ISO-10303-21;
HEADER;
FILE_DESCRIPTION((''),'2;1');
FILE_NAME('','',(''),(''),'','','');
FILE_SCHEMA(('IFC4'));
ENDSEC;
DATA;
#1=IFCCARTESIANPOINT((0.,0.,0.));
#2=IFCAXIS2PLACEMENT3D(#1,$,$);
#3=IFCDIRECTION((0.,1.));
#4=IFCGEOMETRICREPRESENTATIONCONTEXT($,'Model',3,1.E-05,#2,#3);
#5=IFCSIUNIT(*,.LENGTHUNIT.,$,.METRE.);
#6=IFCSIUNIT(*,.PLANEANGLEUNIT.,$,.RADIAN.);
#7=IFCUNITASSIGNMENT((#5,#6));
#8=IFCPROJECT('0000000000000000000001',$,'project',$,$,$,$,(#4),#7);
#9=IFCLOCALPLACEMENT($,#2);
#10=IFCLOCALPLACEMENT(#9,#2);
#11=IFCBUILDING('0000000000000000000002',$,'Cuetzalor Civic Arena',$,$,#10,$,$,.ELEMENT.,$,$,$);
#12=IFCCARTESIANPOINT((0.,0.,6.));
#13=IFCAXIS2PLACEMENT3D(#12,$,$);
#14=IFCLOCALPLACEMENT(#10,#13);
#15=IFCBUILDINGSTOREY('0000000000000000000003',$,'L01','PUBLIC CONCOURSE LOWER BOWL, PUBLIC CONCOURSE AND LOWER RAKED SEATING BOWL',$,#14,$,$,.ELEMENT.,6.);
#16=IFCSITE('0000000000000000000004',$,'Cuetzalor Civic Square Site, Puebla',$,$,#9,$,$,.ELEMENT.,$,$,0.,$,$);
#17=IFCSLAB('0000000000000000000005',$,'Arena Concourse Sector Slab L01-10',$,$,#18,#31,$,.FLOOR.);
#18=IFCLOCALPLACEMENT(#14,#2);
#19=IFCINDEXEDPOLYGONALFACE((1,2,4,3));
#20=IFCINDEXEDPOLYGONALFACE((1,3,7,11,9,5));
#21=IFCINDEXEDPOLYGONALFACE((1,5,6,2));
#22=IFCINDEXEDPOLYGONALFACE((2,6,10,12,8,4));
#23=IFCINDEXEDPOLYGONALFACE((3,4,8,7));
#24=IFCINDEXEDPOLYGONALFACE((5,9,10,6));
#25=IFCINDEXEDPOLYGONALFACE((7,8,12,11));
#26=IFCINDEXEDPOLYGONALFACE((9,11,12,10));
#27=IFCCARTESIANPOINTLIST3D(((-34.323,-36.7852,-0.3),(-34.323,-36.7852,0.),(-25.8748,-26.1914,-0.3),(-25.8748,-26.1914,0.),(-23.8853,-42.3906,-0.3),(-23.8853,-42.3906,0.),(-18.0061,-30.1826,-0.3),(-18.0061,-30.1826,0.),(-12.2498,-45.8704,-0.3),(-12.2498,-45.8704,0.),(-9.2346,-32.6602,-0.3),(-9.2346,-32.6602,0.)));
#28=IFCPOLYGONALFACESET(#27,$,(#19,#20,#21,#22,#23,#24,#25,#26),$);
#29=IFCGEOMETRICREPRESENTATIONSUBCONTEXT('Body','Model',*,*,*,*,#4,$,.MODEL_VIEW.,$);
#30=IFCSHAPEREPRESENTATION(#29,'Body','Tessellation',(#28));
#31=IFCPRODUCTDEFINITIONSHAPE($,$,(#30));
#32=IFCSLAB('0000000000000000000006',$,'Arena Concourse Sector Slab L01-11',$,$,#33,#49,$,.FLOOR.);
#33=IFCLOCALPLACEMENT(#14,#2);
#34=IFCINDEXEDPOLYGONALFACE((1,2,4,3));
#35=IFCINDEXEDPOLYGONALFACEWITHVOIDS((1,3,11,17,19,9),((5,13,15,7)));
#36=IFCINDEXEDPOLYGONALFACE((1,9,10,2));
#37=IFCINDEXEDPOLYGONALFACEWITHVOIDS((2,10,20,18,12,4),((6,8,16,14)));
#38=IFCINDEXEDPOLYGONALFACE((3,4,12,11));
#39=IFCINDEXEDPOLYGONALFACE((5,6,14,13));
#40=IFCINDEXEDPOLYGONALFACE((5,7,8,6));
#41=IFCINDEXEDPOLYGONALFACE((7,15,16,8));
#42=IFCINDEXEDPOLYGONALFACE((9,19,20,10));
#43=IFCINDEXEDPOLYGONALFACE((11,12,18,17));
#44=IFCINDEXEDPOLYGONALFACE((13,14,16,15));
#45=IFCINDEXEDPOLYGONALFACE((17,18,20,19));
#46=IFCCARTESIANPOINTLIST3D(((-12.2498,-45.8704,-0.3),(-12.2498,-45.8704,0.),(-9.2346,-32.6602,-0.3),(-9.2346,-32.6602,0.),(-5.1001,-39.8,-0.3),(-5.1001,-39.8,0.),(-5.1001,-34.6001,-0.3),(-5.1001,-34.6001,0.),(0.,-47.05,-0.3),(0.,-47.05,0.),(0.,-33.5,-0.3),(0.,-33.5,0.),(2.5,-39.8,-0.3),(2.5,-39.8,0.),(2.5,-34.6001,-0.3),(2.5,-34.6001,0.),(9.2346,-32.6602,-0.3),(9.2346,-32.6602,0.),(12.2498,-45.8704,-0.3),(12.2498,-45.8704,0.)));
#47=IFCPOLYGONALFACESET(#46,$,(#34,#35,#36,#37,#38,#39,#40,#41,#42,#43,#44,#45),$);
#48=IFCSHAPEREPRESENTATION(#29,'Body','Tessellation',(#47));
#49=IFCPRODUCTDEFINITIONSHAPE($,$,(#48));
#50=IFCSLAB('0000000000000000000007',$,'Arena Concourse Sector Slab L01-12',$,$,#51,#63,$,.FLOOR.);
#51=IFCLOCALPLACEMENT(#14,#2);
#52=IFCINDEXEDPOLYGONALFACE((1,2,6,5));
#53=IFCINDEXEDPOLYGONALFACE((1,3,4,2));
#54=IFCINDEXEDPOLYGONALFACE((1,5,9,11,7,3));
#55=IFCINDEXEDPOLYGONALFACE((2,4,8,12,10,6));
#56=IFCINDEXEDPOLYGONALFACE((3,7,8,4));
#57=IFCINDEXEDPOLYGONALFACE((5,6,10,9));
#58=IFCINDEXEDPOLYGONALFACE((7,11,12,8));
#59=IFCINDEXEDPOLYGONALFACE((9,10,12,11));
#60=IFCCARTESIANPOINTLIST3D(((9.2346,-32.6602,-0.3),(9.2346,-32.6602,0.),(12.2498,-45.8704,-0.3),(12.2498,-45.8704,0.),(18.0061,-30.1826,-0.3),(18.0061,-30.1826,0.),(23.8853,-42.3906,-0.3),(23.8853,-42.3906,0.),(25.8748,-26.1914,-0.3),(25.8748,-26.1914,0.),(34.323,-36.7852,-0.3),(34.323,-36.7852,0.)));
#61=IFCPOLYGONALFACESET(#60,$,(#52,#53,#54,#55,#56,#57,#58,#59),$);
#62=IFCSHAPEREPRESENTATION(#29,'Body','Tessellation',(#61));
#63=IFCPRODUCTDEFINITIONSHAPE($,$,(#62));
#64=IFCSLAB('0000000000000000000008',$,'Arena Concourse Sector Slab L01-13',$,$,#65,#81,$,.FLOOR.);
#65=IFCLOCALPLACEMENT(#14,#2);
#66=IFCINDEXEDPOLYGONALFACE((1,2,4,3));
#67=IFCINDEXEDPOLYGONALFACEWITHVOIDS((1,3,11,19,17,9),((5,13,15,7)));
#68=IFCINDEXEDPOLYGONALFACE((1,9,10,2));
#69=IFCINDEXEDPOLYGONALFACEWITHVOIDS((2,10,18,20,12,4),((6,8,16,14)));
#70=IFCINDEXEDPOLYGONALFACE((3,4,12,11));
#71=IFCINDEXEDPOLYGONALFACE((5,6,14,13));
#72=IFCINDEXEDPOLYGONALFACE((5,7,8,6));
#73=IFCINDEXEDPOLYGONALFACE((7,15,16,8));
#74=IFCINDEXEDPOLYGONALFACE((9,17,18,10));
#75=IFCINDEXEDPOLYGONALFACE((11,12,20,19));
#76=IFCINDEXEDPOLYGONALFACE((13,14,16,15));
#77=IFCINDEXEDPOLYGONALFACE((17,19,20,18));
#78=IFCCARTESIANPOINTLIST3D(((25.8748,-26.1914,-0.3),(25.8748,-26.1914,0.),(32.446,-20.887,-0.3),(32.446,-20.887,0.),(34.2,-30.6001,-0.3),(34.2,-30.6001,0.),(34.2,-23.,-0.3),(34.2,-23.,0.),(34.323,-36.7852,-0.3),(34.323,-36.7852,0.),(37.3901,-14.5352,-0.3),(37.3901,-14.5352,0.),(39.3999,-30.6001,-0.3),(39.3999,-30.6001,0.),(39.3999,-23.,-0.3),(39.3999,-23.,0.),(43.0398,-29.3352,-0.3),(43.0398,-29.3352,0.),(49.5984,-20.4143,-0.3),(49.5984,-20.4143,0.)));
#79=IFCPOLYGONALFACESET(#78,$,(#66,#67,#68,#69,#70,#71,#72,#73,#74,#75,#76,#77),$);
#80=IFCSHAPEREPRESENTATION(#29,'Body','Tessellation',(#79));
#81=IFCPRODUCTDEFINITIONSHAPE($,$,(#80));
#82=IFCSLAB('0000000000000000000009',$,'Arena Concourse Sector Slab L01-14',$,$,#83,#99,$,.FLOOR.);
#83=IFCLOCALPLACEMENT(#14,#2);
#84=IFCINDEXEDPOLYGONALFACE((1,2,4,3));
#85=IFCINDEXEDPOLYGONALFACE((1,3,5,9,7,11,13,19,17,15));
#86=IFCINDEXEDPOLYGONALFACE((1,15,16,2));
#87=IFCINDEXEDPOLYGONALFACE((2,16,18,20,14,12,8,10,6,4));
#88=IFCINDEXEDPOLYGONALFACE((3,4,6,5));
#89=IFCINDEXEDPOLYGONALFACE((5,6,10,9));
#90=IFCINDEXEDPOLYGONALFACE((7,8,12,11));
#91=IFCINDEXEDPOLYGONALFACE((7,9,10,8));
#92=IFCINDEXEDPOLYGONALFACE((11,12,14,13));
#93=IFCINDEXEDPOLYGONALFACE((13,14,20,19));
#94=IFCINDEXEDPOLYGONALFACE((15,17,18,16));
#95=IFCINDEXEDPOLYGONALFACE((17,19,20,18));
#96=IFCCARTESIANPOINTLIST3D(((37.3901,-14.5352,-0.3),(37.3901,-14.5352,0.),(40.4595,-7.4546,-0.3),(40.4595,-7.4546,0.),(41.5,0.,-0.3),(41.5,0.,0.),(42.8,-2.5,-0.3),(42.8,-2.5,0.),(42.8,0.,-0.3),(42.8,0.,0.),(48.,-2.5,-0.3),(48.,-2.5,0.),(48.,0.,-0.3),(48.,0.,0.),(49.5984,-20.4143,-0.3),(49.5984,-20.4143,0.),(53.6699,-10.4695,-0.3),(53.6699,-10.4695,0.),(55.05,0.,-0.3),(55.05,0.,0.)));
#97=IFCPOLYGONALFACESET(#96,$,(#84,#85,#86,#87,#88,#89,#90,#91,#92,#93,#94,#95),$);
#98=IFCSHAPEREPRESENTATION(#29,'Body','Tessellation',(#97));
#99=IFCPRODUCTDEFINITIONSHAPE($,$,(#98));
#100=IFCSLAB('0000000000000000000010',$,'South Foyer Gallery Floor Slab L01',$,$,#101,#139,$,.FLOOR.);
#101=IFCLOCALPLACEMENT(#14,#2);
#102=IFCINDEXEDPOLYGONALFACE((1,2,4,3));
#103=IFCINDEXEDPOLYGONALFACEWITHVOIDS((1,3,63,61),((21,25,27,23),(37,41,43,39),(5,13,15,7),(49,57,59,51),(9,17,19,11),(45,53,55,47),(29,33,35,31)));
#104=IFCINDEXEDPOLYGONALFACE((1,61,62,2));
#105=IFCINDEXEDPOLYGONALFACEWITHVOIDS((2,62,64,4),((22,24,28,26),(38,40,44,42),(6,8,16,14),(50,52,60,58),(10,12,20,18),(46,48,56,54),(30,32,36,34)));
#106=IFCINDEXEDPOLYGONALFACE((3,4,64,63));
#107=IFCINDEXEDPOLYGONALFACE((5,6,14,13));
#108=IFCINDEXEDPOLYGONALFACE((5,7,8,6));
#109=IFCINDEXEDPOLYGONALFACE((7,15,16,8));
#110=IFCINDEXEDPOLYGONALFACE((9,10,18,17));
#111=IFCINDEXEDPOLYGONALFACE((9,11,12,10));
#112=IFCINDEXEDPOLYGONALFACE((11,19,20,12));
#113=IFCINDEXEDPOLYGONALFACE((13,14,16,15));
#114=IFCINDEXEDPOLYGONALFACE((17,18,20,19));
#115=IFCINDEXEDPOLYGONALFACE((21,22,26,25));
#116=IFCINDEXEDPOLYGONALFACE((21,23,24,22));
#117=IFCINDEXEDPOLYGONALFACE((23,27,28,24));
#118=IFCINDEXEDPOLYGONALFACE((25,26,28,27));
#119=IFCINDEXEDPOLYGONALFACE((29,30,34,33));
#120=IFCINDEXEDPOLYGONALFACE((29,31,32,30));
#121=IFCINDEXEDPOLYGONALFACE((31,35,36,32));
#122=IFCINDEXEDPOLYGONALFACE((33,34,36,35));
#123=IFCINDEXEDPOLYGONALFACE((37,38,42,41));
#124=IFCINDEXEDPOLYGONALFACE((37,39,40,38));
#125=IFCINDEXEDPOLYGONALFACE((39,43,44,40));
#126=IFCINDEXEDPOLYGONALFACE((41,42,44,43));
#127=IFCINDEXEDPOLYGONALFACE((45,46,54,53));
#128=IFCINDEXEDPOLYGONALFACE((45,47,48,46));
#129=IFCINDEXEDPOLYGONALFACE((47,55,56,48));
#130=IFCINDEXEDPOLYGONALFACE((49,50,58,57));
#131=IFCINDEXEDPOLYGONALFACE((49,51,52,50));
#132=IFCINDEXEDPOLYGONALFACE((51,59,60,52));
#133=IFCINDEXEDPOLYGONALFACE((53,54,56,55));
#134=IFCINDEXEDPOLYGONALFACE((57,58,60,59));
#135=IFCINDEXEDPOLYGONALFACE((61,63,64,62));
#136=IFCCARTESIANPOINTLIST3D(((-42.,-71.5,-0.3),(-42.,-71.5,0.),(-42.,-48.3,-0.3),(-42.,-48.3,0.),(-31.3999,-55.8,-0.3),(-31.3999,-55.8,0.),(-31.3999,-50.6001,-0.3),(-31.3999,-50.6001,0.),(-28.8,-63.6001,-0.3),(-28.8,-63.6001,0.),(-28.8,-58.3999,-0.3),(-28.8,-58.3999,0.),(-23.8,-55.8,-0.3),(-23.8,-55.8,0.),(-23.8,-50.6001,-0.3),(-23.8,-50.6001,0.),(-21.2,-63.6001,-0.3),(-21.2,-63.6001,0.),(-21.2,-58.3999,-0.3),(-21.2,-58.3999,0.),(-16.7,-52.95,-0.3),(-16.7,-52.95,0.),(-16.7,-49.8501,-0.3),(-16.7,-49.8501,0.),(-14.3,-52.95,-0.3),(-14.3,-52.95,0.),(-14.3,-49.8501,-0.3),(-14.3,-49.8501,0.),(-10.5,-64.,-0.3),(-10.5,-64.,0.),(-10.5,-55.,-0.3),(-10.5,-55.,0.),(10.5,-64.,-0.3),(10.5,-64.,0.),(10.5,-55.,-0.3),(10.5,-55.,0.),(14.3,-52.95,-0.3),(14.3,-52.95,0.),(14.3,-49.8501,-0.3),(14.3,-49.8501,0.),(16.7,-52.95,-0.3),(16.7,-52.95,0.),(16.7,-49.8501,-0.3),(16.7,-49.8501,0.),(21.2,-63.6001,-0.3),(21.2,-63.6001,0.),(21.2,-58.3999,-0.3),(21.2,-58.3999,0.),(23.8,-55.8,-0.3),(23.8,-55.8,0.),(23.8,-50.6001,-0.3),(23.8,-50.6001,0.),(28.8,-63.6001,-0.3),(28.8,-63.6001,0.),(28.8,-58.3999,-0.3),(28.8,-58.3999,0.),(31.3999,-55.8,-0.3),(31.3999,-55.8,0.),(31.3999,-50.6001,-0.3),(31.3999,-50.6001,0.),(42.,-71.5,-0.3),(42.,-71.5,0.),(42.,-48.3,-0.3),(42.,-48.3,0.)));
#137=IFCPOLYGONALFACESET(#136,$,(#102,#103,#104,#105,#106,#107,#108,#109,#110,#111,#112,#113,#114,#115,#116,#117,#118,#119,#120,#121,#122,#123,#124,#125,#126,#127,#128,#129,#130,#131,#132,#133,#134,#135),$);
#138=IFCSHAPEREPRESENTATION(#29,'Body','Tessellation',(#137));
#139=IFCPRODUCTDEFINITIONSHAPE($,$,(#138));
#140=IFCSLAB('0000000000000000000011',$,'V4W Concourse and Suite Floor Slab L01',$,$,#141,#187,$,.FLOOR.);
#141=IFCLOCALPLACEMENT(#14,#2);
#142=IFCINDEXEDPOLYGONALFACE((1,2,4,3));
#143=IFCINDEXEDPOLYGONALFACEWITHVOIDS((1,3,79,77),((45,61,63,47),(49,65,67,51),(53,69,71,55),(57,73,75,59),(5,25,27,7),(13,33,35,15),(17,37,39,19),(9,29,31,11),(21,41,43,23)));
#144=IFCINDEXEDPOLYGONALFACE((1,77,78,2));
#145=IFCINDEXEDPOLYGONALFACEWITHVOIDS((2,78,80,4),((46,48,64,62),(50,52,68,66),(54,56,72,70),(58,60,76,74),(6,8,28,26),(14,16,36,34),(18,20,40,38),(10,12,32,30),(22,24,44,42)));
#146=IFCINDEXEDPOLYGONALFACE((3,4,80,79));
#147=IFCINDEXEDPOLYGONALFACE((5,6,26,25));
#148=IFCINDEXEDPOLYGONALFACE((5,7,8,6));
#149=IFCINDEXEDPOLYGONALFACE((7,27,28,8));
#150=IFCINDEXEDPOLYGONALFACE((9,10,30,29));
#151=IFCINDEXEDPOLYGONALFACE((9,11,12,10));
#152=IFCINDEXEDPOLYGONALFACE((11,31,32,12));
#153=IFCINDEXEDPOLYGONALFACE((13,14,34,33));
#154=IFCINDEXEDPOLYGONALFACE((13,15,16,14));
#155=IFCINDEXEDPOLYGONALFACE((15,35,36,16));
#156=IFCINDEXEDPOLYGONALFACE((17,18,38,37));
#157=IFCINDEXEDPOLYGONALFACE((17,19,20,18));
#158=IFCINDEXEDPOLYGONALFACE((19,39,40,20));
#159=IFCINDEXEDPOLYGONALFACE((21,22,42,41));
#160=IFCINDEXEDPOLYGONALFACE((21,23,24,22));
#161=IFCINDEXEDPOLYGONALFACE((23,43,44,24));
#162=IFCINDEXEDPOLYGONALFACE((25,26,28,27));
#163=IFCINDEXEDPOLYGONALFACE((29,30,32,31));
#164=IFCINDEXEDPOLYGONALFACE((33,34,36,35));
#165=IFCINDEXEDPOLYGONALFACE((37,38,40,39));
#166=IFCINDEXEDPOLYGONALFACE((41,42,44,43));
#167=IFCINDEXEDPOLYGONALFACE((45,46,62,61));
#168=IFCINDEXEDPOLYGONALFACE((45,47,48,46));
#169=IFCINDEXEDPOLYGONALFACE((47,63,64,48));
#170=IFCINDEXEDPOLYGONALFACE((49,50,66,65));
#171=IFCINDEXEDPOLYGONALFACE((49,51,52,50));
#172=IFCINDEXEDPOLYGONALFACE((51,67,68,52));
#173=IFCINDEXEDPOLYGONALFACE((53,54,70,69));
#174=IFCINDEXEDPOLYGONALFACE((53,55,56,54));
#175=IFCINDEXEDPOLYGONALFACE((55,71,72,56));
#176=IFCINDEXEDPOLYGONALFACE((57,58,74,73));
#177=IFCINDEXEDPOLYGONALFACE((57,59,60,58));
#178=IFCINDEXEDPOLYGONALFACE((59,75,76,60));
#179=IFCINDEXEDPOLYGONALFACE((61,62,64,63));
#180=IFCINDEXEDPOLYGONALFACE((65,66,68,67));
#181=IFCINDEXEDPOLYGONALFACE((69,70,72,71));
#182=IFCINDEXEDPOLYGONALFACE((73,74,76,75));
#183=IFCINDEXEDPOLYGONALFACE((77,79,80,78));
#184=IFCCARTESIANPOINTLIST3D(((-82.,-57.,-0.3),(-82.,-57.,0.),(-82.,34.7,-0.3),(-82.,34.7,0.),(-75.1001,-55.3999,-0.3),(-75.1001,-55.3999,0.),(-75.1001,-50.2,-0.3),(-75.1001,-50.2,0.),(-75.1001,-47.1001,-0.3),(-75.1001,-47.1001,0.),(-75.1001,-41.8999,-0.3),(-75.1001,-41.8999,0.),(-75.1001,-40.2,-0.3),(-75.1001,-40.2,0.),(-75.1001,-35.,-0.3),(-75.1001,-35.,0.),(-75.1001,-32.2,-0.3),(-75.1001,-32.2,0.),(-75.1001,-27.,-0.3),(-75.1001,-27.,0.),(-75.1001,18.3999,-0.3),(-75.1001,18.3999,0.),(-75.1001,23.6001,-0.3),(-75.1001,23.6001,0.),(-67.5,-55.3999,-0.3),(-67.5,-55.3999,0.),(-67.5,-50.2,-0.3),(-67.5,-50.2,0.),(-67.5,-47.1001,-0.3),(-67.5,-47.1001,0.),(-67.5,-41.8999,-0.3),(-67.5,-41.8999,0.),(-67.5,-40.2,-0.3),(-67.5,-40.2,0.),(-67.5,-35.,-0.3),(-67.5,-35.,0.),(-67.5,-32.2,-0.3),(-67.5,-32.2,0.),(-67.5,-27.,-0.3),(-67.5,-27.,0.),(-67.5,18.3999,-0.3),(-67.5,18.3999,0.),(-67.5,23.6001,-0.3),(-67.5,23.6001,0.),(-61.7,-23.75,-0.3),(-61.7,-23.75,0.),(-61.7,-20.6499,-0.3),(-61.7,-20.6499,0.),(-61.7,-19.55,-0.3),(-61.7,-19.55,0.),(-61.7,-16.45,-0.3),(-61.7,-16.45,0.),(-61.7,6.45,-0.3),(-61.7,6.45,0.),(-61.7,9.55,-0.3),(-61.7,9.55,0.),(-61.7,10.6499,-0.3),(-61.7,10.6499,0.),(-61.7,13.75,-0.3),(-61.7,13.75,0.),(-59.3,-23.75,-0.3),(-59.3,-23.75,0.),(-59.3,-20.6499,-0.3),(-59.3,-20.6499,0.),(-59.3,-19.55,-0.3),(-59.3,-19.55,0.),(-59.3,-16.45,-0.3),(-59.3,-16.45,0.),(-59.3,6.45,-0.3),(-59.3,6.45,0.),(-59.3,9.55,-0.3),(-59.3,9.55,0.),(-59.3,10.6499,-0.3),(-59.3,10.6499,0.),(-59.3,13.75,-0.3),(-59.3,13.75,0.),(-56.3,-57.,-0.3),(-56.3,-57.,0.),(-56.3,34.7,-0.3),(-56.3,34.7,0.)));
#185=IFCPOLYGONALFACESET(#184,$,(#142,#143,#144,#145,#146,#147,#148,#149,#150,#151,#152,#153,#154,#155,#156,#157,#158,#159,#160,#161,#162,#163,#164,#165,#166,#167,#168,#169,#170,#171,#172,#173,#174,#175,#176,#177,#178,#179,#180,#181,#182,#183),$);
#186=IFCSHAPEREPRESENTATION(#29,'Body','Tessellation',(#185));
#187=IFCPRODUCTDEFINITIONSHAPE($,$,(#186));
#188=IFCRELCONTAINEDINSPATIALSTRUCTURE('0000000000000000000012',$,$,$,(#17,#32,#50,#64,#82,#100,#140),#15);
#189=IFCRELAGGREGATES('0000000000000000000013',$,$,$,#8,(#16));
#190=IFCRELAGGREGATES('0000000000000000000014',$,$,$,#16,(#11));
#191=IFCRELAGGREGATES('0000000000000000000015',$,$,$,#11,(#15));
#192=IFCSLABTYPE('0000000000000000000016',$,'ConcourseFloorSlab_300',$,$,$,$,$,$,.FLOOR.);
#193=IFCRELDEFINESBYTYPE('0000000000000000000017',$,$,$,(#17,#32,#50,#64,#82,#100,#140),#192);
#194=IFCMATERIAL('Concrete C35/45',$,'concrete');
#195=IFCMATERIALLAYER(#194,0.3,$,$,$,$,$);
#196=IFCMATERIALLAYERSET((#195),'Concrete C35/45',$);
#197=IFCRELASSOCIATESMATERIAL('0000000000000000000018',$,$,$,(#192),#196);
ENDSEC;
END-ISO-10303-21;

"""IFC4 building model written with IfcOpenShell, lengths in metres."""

from ifc_helpers import new_model, si_unit, direction, frame, origin, place, context, subcontext, project, spatial, polyline, outline, extrude, material, layer, layer_set, type_object, element, save


model = new_model("IFC4")

# Units and contexts
model_context = context("Model", 3, precision=1e-05, world=origin(), true_north=direction((0.0, 1.0)))
body_context = subcontext(model_context, "Body", "Model", "MODEL_VIEW")
ifc_project = project(units=[si_unit("LENGTHUNIT", "METRE"), si_unit("PLANEANGLEUNIT", "RADIAN")], contexts=[model_context])

# Site, building, storey
site_placement = place(None, origin())
site = spatial("IfcSite", under=ifc_project, at=site_placement, Name="Cuetzalor Civic Square Site, Puebla", CompositionType="ELEMENT", RefElevation=0.0)
building_placement = place(site_placement, origin())
building = spatial("IfcBuilding", under=site, at=building_placement, Name="Cuetzalor Civic Arena", CompositionType="ELEMENT")
storey_placement = place(building_placement, frame((0.0, 0.0, 6.0)))
storey = spatial("IfcBuildingStorey", under=building, at=storey_placement, Name="L01", Description="PUBLIC CONCOURSE LOWER BOWL, PUBLIC CONCOURSE AND LOWER RAKED SEATING BOWL", CompositionType="ELEMENT", Elevation=6.0)

# Slabs
ifc_material_1 = material(Name="Concrete C35/45", Category="concrete")
ifc_layer = layer(ifc_material_1, 0.3)
ifc_layer_set = layer_set([ifc_layer], Name="Concrete C35/45")
slab_type = type_object("IfcSlabType", Name="ConcourseFloorSlab_300", PredefinedType="FLOOR", material=ifc_layer_set)
slab_1_placement = place(storey_placement, frame((0.0, 0.0, -0.3)))
element("IfcSlab", 1, at=slab_1_placement, inside=storey, type_object=slab_type, Name="Arena Concourse Sector Slab L01-10", PredefinedType="FLOOR", context=body_context, shape_type="SweptSolid", body=[
    extrude(outline(polyline([(-25.8748, -26.1914), (-18.0061, -30.1826), (-9.2346, -32.6602), (-12.2498, -45.8704), (-23.8853, -42.3906), (-34.323, -36.7852), (-25.8748, -26.1914)])), origin(), (0.0, 0.0, 1.0), 0.3),
])
slab_2_placement = place(storey_placement, frame((0.0, 0.0, -0.3)))
element("IfcSlab", 2, at=slab_2_placement, inside=storey, type_object=slab_type, Name="Arena Concourse Sector Slab L01-11", PredefinedType="FLOOR", context=body_context, shape_type="SweptSolid", body=[
    extrude(outline(polyline([(0.0, -33.5), (9.2346, -32.6602), (12.2498, -45.8704), (0.0, -47.05), (-12.2498, -45.8704), (-9.2346, -32.6602), (0.0, -33.5)]), holes=[polyline([(2.5, -39.8), (2.5, -34.6001), (-5.1001, -34.6001), (-5.1001, -39.8), (2.5, -39.8)])]), origin(), (0.0, 0.0, 1.0), 0.3),
])
slab_3_placement = place(storey_placement, frame((0.0, 0.0, -0.3)))
element("IfcSlab", 3, at=slab_3_placement, inside=storey, type_object=slab_type, Name="Arena Concourse Sector Slab L01-12", PredefinedType="FLOOR", context=body_context, shape_type="SweptSolid", body=[
    extrude(outline(polyline([(9.2346, -32.6602), (18.0061, -30.1826), (25.8748, -26.1914), (34.323, -36.7852), (23.8853, -42.3906), (12.2498, -45.8704), (9.2346, -32.6602)])), origin(), (0.0, 0.0, 1.0), 0.3),
])
slab_4_placement = place(storey_placement, frame((0.0, 0.0, -0.3)))
element("IfcSlab", 4, at=slab_4_placement, inside=storey, type_object=slab_type, Name="Arena Concourse Sector Slab L01-13", PredefinedType="FLOOR", context=body_context, shape_type="SweptSolid", body=[
    extrude(outline(polyline([(32.446, -20.887), (37.3901, -14.5352), (49.5984, -20.4143), (43.0398, -29.3352), (34.323, -36.7852), (25.8748, -26.1914), (32.446, -20.887)]), holes=[polyline([(39.3999, -30.6001), (39.3999, -23.0), (34.2, -23.0), (34.2, -30.6001), (39.3999, -30.6001)])]), origin(), (0.0, 0.0, 1.0), 0.3),
])
slab_5_placement = place(storey_placement, frame((0.0, 0.0, -0.3)))
element("IfcSlab", 5, at=slab_5_placement, inside=storey, type_object=slab_type, Name="Arena Concourse Sector Slab L01-14", PredefinedType="FLOOR", context=body_context, shape_type="SweptSolid", body=[
    extrude(outline(polyline([(40.4595, -7.4546), (41.5, 0.0), (42.8, 0.0), (42.8, -2.5), (48.0, -2.5), (48.0, 0.0), (55.05, 0.0), (53.6699, -10.4695), (49.5984, -20.4143), (37.3901, -14.5352), (40.4595, -7.4546)])), origin(), (0.0, 0.0, 1.0), 0.3),
])
slab_6_placement = place(storey_placement, frame((0.0, 0.0, -0.3)))
element("IfcSlab", 6, at=slab_6_placement, inside=storey, type_object=slab_type, Name="South Foyer Gallery Floor Slab L01", PredefinedType="FLOOR", context=body_context, shape_type="SweptSolid", body=[
    extrude(outline(polyline([(-42.0, -71.5), (42.0, -71.5), (42.0, -48.3), (-42.0, -48.3), (-42.0, -71.5)]), holes=[polyline([(-28.8, -63.6001), (-21.2, -63.6001), (-21.2, -58.3999), (-28.8, -58.3999), (-28.8, -63.6001)]), polyline([(-31.3999, -55.8), (-23.8, -55.8), (-23.8, -50.6001), (-31.3999, -50.6001), (-31.3999, -55.8)]), polyline([(23.8, -55.8), (31.3999, -55.8), (31.3999, -50.6001), (23.8, -50.6001), (23.8, -55.8)]), polyline([(21.2, -63.6001), (28.8, -63.6001), (28.8, -58.3999), (21.2, -58.3999), (21.2, -63.6001)]), polyline([(-16.7, -52.95), (-14.3, -52.95), (-14.3, -49.8501), (-16.7, -49.8501), (-16.7, -52.95)]), polyline([(14.3, -52.95), (16.7, -52.95), (16.7, -49.8501), (14.3, -49.8501), (14.3, -52.95)]), polyline([(-10.5, -64.0), (10.5, -64.0), (10.5, -55.0), (-10.5, -55.0), (-10.5, -64.0)])]), origin(), (0.0, 0.0, 1.0), 0.3),
])
slab_7_placement = place(storey_placement, frame((0.0, 0.0, -0.3)))
element("IfcSlab", 7, at=slab_7_placement, inside=storey, type_object=slab_type, Name="V4W Concourse and Suite Floor Slab L01", PredefinedType="FLOOR", context=body_context, shape_type="SweptSolid", body=[
    extrude(outline(polyline([(-82.0, -57.0), (-56.3, -57.0), (-56.3, 34.7), (-82.0, 34.7), (-82.0, -57.0)]), holes=[polyline([(-75.1001, -55.3999), (-67.5, -55.3999), (-67.5, -50.2), (-75.1001, -50.2), (-75.1001, -55.3999)]), polyline([(-75.1001, -47.1001), (-67.5, -47.1001), (-67.5, -41.8999), (-75.1001, -41.8999), (-75.1001, -47.1001)]), polyline([(-75.1001, -40.2), (-67.5, -40.2), (-67.5, -35.0), (-75.1001, -35.0), (-75.1001, -40.2)]), polyline([(-75.1001, -32.2), (-67.5, -32.2), (-67.5, -27.0), (-75.1001, -27.0), (-75.1001, -32.2)]), polyline([(-75.1001, 18.3999), (-67.5, 18.3999), (-67.5, 23.6001), (-75.1001, 23.6001), (-75.1001, 18.3999)]), polyline([(-61.7, -19.55), (-59.3, -19.55), (-59.3, -16.45), (-61.7, -16.45), (-61.7, -19.55)]), polyline([(-61.7, 6.45), (-59.3, 6.45), (-59.3, 9.55), (-61.7, 9.55), (-61.7, 6.45)]), polyline([(-61.7, -23.75), (-59.3, -23.75), (-59.3, -20.6499), (-61.7, -20.6499), (-61.7, -23.75)]), polyline([(-61.7, 10.6499), (-59.3, 10.6499), (-59.3, 13.75), (-61.7, 13.75), (-61.7, 10.6499)])]), origin(), (0.0, 0.0, 1.0), 0.3),
])

save(model, "model.ifc")
